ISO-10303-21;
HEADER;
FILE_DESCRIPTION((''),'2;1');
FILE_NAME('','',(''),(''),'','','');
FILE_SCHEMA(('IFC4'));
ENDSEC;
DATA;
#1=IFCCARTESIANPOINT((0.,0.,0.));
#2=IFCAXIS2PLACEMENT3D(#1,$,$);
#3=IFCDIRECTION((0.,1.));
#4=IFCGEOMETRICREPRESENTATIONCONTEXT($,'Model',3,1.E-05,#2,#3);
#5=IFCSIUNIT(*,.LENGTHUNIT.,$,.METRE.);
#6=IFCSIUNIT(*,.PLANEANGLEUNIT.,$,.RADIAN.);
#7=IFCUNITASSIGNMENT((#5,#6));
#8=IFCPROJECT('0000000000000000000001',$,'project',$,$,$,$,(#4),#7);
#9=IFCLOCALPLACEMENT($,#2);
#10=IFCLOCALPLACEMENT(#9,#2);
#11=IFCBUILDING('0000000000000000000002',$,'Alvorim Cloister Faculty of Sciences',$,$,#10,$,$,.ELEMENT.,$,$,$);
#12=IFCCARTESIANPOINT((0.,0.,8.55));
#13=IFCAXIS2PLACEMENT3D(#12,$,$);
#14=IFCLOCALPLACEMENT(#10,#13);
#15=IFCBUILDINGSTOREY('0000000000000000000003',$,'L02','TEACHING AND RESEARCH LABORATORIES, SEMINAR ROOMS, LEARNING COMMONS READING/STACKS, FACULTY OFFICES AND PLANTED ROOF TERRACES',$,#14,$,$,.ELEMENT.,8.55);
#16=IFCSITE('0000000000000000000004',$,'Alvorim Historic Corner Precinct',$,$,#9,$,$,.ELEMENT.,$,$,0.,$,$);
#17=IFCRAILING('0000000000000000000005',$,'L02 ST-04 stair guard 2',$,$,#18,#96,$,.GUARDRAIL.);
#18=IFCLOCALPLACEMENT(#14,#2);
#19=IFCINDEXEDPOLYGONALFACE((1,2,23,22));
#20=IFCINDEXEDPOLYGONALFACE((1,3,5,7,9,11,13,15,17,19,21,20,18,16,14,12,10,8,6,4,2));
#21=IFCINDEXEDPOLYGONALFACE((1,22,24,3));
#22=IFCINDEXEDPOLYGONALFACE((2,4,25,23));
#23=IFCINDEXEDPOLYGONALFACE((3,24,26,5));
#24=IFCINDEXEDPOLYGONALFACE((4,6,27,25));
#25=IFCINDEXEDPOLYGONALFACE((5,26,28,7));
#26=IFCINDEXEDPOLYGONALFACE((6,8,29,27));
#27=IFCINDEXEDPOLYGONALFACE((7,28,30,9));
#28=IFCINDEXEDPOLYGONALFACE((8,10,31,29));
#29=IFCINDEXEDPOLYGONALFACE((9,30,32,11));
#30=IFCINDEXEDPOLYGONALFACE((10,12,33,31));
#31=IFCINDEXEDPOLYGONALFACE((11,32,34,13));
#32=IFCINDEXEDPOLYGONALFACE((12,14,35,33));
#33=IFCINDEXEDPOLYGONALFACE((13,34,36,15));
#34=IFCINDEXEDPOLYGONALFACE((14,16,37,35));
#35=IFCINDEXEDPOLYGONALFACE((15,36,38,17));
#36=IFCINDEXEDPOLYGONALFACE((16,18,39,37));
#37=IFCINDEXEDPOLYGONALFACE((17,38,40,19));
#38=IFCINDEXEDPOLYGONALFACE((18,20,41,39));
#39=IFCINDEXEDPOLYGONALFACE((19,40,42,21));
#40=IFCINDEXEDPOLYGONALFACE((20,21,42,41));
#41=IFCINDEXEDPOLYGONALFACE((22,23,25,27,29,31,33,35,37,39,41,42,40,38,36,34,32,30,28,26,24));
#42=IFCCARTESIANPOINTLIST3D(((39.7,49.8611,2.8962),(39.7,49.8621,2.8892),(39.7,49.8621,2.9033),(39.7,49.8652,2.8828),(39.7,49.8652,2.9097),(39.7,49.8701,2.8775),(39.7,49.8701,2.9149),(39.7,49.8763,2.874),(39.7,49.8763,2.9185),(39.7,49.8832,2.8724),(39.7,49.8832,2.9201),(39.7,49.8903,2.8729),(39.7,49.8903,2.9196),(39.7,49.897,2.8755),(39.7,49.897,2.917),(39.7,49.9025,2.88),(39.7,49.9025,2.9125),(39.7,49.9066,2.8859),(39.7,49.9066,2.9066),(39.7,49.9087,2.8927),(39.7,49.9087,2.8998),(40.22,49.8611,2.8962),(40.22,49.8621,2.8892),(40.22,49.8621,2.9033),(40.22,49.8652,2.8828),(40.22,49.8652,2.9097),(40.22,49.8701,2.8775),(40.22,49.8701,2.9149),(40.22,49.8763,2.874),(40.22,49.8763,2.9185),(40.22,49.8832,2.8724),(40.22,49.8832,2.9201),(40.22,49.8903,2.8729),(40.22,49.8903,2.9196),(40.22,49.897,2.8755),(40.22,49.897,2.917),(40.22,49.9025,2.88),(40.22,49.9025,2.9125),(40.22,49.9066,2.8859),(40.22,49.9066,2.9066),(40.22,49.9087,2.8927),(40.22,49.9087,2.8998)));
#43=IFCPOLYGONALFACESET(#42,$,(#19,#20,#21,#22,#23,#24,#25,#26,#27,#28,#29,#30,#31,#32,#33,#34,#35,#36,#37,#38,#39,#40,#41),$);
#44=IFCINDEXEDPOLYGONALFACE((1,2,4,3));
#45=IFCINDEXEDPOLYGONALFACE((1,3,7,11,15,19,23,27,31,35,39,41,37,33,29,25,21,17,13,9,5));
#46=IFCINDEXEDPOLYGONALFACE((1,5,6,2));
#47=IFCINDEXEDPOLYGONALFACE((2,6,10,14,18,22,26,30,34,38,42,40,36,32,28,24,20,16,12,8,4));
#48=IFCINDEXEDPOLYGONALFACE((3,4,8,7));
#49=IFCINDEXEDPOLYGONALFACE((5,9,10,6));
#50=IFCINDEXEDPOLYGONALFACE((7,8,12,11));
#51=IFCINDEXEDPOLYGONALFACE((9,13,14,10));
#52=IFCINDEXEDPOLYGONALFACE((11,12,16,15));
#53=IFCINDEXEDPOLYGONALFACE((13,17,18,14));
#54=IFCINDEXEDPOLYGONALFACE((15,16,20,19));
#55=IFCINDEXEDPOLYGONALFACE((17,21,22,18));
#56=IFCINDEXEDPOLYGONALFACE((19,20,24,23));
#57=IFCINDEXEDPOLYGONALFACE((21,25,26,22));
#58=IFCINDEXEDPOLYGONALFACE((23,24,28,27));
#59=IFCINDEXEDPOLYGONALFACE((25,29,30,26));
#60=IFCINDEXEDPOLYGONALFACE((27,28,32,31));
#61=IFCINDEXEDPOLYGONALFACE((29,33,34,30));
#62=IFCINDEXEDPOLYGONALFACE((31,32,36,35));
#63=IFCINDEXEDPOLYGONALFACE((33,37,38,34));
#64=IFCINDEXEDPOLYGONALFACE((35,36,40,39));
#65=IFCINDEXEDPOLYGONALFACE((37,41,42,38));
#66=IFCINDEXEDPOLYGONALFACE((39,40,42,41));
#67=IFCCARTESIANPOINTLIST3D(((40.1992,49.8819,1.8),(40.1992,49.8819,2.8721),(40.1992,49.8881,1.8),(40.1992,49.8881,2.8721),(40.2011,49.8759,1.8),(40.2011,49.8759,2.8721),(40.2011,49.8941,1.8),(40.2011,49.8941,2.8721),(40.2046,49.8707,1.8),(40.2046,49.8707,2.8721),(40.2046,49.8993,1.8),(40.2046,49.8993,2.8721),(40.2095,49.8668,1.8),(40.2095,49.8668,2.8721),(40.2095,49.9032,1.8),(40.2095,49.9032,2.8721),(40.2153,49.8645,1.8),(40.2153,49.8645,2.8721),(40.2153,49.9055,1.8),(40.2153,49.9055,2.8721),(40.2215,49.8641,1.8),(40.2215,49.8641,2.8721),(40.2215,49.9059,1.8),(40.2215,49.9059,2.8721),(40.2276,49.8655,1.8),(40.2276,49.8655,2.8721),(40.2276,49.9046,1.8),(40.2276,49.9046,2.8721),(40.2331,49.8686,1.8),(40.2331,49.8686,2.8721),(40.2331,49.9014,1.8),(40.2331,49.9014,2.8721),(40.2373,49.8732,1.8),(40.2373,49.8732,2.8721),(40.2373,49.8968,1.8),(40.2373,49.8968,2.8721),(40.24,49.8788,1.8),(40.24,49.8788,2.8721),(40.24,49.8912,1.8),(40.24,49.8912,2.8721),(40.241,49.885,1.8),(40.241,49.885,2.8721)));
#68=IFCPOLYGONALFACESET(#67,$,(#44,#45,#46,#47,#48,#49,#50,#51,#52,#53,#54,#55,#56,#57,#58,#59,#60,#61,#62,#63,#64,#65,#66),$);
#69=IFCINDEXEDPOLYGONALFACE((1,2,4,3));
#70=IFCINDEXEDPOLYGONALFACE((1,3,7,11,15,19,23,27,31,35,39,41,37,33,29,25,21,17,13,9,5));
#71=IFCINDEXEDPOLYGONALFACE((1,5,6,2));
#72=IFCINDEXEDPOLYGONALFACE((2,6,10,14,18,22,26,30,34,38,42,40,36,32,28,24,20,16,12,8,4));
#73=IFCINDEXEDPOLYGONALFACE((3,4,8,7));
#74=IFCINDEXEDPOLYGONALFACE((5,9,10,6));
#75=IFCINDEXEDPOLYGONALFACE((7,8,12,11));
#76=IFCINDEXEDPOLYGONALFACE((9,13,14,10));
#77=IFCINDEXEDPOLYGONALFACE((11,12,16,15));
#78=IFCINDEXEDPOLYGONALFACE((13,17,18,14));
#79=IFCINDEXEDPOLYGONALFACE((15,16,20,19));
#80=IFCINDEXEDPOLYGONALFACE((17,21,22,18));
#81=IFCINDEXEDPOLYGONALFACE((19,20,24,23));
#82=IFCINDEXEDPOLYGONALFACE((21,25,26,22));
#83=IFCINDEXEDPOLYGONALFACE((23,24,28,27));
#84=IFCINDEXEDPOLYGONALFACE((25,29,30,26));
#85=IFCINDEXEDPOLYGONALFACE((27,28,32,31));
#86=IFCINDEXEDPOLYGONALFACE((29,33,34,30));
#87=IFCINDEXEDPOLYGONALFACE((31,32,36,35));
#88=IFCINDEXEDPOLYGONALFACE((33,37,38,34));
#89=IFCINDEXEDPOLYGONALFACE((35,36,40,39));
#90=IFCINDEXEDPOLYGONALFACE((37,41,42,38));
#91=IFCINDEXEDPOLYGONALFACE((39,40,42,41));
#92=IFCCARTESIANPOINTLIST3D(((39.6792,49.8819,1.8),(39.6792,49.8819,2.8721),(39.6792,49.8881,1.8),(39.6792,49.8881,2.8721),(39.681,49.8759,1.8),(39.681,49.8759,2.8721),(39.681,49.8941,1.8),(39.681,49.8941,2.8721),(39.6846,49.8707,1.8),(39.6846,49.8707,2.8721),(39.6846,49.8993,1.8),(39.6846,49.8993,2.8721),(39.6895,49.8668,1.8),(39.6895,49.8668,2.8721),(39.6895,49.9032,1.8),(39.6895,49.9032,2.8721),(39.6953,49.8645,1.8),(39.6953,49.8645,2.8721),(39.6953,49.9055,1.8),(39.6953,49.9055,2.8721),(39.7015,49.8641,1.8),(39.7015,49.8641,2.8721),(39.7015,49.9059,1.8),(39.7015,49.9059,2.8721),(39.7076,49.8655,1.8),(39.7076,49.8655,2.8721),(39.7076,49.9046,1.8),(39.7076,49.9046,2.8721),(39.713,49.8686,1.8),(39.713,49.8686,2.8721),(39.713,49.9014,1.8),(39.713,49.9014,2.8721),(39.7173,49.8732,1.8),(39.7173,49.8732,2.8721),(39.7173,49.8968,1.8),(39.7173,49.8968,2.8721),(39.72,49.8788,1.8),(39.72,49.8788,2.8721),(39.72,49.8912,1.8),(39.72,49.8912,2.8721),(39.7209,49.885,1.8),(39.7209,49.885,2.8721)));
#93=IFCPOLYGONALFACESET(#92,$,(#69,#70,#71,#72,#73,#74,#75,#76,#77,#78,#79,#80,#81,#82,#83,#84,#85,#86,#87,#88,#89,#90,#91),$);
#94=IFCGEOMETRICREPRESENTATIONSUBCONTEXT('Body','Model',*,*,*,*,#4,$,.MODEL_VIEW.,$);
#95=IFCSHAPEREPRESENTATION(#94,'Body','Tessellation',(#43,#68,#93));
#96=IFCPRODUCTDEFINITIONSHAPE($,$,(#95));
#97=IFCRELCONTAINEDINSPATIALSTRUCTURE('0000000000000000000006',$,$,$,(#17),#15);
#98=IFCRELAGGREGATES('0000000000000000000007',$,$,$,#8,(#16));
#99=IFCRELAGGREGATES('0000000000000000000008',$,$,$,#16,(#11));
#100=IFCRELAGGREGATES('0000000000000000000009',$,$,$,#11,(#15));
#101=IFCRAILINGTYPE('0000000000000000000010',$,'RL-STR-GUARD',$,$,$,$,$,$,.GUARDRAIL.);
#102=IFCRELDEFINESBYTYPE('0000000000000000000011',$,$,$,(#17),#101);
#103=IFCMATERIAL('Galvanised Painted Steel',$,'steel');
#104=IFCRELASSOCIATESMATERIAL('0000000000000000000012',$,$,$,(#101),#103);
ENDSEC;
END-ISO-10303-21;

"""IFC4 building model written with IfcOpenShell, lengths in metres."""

from ifc_helpers import new_model, si_unit, direction, frame, origin, origin_2d, place, context, subcontext, project, spatial, circle, extrude, material, type_object, element, save


model = new_model("IFC4")

# Units and contexts
model_context = context("Model", 3, precision=1e-05, world=origin(), true_north=direction((0.0, 1.0)))
body_context = subcontext(model_context, "Body", "Model", "MODEL_VIEW")
ifc_project = project(units=[si_unit("LENGTHUNIT", "METRE"), si_unit("PLANEANGLEUNIT", "RADIAN")], contexts=[model_context])

# Site, building, storey
site_placement = place(None, origin())
site = spatial("IfcSite", under=ifc_project, at=site_placement, Name="Alvorim Historic Corner Precinct", CompositionType="ELEMENT", RefElevation=0.0)
building_placement = place(site_placement, origin())
building = spatial("IfcBuilding", under=site, at=building_placement, Name="Alvorim Cloister Faculty of Sciences", CompositionType="ELEMENT")
storey_placement = place(building_placement, frame((0.0, 0.0, 8.55)))
storey = spatial("IfcBuildingStorey", under=building, at=storey_placement, Name="L02", Description="TEACHING AND RESEARCH LABORATORIES, SEMINAR ROOMS, LEARNING COMMONS READING/STACKS, FACULTY OFFICES AND PLANTED ROOF TERRACES", CompositionType="ELEMENT", Elevation=8.55)

# Railing
ifc_material_1 = material(Name="Galvanised Painted Steel", Category="steel")
railing_type_1 = type_object("IfcRailingType", Name="RL-STR-GUARD", PredefinedType="GUARDRAIL", material=ifc_material_1)
railing_1_placement = place(storey_placement, frame((40.22, 49.885, 1.8)))
element("IfcRailing", 1, at=railing_1_placement, inside=storey, type_object=railing_type_1, Name="L02 ST-04 stair guard 2", PredefinedType="GUARDRAIL", context=body_context, shape_type="SweptSolid", body=[
    extrude(circle(Radius=0.0239, at=origin_2d()), frame((0.0, 0.0, 1.0962), z_axis=(-1.0, 0.0, 0.0), x_axis=(0.0, -1.0, 0.0)), (0.0, 0.0, 1.0), 0.52),
    extrude(circle(Radius=0.021, at=origin_2d()), origin(), (0.0, 0.0, 1.0), 1.072),
    extrude(circle(Radius=0.021, at=origin_2d()), frame((-0.52, 0.0, 0.0)), (0.0, 0.0, 1.0), 1.072),
])

save(model, "model.ifc")
